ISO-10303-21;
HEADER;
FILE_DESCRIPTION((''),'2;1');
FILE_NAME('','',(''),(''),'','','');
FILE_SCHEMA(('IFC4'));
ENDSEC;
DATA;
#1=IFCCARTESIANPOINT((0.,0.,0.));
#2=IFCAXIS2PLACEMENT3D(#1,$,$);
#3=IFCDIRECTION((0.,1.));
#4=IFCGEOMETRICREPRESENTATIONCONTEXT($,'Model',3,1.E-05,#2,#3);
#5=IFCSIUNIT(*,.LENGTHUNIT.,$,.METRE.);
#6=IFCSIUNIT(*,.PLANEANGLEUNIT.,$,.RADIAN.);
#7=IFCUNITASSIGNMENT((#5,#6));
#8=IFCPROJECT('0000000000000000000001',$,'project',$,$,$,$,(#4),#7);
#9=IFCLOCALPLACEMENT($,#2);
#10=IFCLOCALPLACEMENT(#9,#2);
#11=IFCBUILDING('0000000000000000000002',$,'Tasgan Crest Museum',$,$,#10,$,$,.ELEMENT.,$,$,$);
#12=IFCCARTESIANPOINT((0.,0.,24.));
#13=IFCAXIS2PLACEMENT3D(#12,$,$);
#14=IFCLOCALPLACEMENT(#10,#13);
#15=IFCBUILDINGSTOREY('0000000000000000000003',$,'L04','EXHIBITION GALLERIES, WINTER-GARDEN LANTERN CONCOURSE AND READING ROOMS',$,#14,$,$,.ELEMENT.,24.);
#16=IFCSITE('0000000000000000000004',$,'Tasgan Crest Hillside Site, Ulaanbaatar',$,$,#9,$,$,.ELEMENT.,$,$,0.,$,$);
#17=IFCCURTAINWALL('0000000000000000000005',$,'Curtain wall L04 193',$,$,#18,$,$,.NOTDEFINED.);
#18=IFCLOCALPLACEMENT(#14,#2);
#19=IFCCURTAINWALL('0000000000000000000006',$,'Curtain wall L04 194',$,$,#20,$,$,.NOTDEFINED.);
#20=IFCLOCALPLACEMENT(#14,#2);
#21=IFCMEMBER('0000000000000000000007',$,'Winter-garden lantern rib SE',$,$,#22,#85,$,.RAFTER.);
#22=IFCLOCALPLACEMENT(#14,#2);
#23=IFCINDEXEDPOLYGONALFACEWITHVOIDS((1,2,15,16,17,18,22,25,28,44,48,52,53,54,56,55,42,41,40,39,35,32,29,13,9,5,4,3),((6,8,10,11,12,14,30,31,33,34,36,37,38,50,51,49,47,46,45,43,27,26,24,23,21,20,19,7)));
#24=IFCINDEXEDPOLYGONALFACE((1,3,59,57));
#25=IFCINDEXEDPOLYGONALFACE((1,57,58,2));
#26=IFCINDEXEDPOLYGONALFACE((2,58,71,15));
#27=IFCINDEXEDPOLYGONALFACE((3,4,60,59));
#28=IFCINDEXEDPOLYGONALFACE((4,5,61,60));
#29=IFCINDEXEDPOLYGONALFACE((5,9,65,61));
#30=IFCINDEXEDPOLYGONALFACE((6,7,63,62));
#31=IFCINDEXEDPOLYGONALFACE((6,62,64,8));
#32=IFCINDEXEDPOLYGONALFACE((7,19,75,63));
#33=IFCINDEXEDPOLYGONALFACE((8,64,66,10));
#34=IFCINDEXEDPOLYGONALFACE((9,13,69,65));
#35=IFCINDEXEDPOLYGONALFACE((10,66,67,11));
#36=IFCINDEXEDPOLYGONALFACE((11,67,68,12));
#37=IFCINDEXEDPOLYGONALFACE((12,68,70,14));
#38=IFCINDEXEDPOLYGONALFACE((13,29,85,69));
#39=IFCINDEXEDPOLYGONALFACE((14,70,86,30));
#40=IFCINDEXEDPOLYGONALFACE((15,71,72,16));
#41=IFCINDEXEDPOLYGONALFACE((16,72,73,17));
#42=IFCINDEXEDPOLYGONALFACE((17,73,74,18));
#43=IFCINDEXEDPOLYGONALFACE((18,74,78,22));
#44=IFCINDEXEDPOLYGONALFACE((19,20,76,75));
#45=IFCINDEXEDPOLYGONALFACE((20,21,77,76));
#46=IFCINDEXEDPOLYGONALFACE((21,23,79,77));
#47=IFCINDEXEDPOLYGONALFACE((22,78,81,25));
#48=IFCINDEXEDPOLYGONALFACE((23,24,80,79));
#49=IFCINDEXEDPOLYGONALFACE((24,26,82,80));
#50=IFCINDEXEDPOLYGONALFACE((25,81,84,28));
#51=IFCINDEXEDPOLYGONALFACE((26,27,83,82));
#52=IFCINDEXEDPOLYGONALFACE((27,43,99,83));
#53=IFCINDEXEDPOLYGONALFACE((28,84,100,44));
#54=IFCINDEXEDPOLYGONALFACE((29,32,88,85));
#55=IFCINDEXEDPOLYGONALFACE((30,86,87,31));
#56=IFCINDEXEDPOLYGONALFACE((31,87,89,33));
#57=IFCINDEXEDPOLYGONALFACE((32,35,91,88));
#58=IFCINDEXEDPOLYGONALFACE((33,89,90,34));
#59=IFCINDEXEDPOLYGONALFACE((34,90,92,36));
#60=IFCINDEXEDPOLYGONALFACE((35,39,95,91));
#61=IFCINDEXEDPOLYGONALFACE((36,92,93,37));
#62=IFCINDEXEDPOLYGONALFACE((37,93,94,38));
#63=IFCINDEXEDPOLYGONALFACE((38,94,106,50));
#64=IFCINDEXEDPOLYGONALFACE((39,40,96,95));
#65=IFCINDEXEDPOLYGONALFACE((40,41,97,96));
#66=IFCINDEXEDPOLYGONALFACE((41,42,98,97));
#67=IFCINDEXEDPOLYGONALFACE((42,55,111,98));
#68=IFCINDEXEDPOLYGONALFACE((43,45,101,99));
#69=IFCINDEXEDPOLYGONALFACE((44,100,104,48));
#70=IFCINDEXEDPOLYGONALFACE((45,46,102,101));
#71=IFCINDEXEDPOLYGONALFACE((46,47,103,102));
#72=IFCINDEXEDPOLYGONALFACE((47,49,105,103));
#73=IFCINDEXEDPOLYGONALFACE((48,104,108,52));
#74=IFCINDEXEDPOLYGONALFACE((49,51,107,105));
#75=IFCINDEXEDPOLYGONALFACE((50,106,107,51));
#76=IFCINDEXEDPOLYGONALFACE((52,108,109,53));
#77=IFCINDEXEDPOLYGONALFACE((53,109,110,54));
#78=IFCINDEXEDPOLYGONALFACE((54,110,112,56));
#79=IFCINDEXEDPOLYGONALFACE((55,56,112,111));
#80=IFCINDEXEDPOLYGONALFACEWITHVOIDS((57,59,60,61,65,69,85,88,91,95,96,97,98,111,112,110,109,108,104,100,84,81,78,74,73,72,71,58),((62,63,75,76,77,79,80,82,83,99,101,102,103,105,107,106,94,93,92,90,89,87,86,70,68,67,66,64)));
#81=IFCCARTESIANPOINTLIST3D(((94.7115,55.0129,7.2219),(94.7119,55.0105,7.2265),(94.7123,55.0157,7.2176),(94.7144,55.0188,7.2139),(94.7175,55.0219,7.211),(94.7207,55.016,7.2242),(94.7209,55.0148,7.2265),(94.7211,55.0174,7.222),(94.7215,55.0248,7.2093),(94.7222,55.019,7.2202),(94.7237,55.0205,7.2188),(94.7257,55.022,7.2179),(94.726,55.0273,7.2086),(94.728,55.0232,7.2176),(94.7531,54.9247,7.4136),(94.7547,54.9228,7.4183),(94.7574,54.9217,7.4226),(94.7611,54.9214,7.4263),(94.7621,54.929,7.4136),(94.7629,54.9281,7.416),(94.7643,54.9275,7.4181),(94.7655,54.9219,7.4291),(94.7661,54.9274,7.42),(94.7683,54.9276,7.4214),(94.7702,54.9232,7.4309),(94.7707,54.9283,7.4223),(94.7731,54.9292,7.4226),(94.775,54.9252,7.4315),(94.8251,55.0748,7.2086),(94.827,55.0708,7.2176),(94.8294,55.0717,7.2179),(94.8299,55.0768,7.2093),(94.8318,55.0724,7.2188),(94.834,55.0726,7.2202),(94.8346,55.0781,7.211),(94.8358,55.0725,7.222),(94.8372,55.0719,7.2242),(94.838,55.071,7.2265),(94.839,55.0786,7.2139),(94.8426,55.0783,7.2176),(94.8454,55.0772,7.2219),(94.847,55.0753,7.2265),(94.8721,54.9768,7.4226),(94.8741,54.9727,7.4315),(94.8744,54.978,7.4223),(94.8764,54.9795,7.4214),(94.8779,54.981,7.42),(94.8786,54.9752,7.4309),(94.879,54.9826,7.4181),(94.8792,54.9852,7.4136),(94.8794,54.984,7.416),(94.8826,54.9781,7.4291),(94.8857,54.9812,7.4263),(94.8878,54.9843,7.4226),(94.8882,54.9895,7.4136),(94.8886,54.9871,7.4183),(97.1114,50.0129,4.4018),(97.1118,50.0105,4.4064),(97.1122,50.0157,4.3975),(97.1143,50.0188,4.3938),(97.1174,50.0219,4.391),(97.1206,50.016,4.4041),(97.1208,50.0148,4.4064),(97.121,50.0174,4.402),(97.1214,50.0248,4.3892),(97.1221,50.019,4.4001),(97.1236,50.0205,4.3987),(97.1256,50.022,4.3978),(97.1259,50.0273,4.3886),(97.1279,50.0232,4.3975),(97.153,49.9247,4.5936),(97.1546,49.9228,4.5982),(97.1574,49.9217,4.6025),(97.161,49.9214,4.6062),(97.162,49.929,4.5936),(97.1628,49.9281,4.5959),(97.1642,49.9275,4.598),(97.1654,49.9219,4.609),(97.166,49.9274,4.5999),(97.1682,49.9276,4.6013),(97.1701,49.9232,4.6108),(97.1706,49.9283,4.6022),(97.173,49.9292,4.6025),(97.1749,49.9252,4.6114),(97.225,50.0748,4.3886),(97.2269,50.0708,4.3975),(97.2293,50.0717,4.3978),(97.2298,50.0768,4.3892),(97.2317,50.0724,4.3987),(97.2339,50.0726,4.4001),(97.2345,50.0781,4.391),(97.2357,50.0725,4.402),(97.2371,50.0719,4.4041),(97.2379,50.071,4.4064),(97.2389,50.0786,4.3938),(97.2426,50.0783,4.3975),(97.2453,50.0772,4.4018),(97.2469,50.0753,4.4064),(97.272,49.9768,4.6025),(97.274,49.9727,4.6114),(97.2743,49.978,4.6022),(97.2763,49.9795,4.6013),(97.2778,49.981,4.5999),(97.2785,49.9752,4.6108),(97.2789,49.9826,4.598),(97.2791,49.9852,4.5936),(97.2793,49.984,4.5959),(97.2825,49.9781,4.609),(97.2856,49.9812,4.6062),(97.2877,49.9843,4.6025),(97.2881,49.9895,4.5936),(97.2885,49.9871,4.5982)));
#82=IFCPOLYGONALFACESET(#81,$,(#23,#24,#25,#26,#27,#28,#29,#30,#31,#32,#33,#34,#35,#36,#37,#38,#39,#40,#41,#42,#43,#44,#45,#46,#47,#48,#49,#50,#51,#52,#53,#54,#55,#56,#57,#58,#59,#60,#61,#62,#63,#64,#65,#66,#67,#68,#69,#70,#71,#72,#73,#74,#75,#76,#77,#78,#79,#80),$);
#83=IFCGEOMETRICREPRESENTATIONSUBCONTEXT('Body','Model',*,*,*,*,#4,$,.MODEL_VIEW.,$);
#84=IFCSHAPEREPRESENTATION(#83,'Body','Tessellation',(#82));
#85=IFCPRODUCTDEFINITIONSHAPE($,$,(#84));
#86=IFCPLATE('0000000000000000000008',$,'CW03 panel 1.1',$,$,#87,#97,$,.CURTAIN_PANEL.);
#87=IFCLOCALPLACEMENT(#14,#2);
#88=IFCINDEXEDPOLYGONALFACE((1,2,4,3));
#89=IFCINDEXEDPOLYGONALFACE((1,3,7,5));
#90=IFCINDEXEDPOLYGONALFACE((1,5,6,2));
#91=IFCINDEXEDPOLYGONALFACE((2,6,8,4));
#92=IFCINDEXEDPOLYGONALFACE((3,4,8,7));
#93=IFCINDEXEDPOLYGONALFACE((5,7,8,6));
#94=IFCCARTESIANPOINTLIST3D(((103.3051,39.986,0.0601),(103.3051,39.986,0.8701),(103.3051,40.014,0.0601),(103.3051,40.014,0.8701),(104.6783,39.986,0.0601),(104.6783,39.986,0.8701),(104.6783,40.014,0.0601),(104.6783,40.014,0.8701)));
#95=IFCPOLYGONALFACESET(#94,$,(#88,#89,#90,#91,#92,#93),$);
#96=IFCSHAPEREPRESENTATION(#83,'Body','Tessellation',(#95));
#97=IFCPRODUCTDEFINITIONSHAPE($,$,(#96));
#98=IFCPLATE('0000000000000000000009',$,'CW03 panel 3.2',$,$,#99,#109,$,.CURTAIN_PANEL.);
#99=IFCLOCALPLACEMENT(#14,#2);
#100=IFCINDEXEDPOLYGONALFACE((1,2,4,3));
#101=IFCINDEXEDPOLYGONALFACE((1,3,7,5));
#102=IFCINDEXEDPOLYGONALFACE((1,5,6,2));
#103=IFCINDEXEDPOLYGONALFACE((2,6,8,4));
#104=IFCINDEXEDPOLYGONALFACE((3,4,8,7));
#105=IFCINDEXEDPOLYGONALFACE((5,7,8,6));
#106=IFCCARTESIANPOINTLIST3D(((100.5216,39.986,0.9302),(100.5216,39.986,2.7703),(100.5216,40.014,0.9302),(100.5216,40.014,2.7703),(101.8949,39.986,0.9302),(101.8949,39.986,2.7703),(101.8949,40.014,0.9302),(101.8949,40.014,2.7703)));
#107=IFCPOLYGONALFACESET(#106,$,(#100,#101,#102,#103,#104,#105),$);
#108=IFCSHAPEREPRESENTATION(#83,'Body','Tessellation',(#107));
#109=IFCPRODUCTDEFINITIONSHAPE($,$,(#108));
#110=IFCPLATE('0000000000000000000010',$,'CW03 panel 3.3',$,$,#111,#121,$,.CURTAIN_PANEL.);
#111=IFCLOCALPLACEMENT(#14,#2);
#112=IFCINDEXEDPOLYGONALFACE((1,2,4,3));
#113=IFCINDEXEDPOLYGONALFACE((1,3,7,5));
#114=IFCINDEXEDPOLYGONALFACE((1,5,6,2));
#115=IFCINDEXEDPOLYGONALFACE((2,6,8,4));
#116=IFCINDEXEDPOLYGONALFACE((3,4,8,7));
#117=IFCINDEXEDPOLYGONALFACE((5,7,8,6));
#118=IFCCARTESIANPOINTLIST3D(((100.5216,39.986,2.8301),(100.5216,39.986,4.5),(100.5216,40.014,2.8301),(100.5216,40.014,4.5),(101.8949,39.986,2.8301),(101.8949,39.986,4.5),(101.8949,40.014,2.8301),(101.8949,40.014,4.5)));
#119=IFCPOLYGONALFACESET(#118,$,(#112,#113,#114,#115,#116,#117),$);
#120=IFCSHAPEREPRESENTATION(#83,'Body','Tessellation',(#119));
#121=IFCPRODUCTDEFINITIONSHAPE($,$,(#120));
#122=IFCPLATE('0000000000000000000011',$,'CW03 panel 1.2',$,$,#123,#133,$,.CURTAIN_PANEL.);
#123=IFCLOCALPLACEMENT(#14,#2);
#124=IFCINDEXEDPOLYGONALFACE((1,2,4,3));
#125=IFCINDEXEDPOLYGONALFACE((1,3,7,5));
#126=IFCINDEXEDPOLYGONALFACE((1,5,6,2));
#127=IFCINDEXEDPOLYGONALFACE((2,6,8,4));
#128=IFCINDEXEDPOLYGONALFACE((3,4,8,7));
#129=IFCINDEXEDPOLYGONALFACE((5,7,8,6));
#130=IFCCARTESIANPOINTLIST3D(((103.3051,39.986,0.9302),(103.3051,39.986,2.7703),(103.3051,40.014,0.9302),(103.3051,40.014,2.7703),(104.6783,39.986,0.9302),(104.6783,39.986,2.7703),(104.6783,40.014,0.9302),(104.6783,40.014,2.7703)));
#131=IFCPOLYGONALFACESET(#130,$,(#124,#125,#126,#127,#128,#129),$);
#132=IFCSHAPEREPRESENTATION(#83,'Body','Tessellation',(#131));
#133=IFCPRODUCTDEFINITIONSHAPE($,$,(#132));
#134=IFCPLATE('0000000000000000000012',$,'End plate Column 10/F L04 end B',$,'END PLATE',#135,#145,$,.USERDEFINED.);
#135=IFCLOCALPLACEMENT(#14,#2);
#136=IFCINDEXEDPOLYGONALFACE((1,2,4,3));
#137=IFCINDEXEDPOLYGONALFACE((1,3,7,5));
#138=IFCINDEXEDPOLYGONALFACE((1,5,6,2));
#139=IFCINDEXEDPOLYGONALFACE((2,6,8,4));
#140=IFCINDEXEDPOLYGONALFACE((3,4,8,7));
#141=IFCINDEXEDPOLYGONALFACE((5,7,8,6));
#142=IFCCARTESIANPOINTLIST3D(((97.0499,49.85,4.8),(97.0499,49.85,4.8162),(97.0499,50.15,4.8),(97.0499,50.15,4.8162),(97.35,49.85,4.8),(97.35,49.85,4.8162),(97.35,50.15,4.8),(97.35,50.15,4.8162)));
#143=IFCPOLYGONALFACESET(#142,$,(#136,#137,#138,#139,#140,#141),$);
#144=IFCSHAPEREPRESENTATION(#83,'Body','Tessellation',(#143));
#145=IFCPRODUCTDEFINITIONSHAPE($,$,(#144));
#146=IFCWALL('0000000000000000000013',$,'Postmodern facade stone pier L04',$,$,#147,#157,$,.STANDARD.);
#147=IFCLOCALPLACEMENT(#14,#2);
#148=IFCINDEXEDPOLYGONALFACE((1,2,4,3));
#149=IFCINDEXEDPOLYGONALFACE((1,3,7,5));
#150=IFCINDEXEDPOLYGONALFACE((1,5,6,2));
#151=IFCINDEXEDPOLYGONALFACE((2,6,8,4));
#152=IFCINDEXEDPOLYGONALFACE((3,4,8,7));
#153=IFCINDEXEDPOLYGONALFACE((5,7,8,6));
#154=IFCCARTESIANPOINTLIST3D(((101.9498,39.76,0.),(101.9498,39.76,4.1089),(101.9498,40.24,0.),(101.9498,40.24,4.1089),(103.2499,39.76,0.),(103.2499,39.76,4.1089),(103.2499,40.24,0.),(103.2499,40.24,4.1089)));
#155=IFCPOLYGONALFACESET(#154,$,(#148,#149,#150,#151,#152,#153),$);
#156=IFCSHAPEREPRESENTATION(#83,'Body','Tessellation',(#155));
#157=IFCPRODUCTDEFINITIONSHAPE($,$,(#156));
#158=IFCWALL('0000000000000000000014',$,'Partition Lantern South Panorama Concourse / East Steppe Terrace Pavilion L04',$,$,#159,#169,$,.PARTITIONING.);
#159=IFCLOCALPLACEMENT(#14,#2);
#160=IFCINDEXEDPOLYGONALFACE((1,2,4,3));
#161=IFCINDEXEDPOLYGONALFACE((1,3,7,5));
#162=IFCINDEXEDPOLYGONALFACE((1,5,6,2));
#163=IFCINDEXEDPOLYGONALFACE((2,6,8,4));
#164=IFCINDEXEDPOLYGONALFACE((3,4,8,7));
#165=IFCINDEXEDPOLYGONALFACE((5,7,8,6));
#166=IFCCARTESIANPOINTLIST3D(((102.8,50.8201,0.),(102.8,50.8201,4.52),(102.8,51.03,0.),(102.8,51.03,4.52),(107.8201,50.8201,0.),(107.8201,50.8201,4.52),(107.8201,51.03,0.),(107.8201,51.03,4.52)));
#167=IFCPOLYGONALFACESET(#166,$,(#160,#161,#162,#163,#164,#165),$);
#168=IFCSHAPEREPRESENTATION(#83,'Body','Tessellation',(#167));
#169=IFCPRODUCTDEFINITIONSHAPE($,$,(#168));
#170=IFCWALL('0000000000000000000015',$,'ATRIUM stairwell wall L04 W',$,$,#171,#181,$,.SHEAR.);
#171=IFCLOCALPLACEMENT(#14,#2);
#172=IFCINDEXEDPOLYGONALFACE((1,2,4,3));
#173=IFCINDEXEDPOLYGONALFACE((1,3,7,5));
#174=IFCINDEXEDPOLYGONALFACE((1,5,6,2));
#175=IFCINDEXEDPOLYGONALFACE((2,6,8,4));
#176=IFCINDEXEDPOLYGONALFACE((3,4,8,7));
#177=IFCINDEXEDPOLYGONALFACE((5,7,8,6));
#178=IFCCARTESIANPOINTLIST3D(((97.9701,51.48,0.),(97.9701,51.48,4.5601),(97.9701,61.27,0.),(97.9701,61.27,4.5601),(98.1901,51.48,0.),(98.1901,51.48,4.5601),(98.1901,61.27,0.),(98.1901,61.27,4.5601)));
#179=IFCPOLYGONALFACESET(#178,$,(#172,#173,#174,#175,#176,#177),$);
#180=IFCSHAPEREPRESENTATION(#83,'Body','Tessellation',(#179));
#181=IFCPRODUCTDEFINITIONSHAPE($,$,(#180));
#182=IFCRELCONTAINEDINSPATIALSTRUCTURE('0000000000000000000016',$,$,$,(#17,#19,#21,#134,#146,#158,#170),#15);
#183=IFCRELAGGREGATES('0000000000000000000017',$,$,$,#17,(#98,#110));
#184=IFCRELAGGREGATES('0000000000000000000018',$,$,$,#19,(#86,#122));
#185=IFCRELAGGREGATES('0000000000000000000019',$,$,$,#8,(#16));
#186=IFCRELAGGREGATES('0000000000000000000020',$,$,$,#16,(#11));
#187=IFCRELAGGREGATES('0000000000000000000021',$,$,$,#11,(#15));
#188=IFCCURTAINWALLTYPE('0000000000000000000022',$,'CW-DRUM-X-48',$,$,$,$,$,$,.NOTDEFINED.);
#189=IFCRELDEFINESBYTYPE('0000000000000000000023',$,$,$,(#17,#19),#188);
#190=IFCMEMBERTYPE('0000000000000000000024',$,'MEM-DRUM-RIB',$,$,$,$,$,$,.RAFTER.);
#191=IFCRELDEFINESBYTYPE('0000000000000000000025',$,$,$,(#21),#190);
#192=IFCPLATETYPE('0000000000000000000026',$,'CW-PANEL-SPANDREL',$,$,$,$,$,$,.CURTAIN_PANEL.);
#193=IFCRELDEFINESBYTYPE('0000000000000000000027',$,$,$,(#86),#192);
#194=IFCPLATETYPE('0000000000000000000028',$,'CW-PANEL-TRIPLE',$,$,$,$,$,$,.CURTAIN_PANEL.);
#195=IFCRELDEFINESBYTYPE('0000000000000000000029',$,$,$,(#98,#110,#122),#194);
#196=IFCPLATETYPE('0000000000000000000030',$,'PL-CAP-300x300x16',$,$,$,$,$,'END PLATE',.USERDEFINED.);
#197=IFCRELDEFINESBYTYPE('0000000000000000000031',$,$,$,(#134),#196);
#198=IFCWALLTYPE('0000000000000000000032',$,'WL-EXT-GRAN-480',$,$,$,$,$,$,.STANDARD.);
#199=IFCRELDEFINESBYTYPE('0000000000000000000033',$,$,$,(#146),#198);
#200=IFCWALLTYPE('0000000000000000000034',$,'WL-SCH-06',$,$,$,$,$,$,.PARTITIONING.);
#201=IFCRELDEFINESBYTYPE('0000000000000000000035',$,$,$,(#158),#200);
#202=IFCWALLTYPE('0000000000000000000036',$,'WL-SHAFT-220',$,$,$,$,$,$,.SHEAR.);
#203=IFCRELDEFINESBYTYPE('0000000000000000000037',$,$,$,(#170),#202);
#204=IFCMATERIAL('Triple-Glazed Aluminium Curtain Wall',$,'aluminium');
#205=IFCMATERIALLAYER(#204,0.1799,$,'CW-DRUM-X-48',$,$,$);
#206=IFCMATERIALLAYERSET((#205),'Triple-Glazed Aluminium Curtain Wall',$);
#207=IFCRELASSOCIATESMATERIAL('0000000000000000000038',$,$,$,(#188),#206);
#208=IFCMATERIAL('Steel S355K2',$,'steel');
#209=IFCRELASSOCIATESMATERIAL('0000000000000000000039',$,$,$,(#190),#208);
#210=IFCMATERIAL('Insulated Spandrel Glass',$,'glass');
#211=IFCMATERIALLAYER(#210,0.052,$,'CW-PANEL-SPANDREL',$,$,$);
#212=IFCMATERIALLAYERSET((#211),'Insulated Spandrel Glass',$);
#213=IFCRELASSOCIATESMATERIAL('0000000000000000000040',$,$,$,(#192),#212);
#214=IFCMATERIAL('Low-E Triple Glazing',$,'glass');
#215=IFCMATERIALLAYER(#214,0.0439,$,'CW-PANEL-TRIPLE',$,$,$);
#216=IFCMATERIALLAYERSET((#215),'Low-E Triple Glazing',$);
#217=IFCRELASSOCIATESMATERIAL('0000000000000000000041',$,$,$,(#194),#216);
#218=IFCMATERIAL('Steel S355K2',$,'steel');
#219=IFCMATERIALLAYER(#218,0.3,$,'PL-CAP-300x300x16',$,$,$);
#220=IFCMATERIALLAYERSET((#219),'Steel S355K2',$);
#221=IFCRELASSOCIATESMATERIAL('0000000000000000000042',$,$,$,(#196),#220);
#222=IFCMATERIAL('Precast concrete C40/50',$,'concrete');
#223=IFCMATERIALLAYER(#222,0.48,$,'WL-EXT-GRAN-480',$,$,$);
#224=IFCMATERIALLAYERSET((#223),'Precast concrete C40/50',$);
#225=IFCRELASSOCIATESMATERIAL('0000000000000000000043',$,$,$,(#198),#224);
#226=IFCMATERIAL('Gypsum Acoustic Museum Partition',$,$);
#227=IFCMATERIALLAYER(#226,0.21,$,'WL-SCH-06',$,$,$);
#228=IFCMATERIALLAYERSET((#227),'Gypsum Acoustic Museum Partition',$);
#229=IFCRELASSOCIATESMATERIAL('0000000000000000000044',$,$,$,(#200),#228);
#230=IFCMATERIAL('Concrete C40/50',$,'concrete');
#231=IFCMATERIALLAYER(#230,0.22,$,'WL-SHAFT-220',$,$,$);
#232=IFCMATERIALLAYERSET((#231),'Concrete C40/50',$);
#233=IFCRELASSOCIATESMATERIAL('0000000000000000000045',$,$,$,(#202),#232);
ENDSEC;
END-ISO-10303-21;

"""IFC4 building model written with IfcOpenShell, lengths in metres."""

from ifc_helpers import new_model, si_unit, direction, frame, frame_2d, origin, origin_2d, place, context, subcontext, project, spatial, rectangle, hollow_rectangle, extrude, material, layer, layer_set, material_profile, profile_set, type_object, element, aggregate, save


model = new_model("IFC4")

# Units and contexts
model_context = context("Model", 3, precision=1e-05, world=origin(), true_north=direction((0.0, 1.0)))
body_context = subcontext(model_context, "Body", "Model", "MODEL_VIEW")
ifc_project = project(units=[si_unit("LENGTHUNIT", "METRE"), si_unit("PLANEANGLEUNIT", "RADIAN")], contexts=[model_context])

# Site, building, storey
site_placement = place(None, origin())
site = spatial("IfcSite", under=ifc_project, at=site_placement, Name="Tasgan Crest Hillside Site, Ulaanbaatar", CompositionType="ELEMENT", RefElevation=0.0)
building_placement = place(site_placement, origin())
building = spatial("IfcBuilding", under=site, at=building_placement, Name="Tasgan Crest Museum", CompositionType="ELEMENT")
storey_placement = place(building_placement, frame((0.0, 0.0, 24.0)))
storey = spatial("IfcBuildingStorey", under=building, at=storey_placement, Name="L04", Description="EXHIBITION GALLERIES, WINTER-GARDEN LANTERN CONCOURSE AND READING ROOMS", CompositionType="ELEMENT", Elevation=24.0)

# Curtain wall
ifc_material_1 = material(Name="Triple-Glazed Aluminium Curtain Wall", Category="aluminium")
ifc_layer_1 = layer(ifc_material_1, 0.1799, Name="CW-DRUM-X-48")
ifc_layer_set_1 = layer_set([ifc_layer_1], Name="Triple-Glazed Aluminium Curtain Wall")
curtain_wall_type = type_object("IfcCurtainWallType", Name="CW-DRUM-X-48", PredefinedType="NOTDEFINED", material=ifc_layer_set_1)
curtain_wall_1_placement = place(storey_placement, origin())
curtain_wall_1 = element("IfcCurtainWall", 1, at=curtain_wall_1_placement, inside=storey, type_object=curtain_wall_type, Name="Curtain wall L04 193", PredefinedType="NOTDEFINED")

# Curtain wall
curtain_wall_2_placement = place(storey_placement, origin())
curtain_wall_2 = element("IfcCurtainWall", 2, at=curtain_wall_2_placement, inside=storey, type_object=curtain_wall_type, Name="Curtain wall L04 194", PredefinedType="NOTDEFINED")

# Member
ifc_material_2 = material(Name="Steel S355K2", Category="steel")
ifc_material_profile_1 = material_profile(ifc_material_2, hollow_rectangle(XDim=0.1499, YDim=0.25, WallThickness=0.01, InnerFilletRadius=0.01, OuterFilletRadius=0.02, at=origin_2d()), Name="RHS 250x150x10")
ifc_profile_set_1 = profile_set([ifc_material_profile_1], Name="Steel S355K2")
member_type_1 = type_object("IfcMemberType", Name="MEM-DRUM-RIB", PredefinedType="RAFTER", material=ifc_profile_set_1)
member_1_placement = place(storey_placement, frame((97.2, 50.0, 4.5), z_axis=(-0.385717, 0.80361, 0.453247), x_axis=(-0.90153, -0.432717, 0.0)))
element("IfcMember", 3, at=member_1_placement, inside=storey, type_object=member_type_1, Name="Winter-garden lantern rib SE", PredefinedType="RAFTER", context=body_context, shape_type="SweptSolid", body=[
    extrude(hollow_rectangle(XDim=0.1499, YDim=0.25, WallThickness=0.01, InnerFilletRadius=0.01, OuterFilletRadius=0.02, at=origin_2d()), origin(), (0.0, 0.0, 1.0), 6.2219),
])

# Plates
ifc_material_3 = material(Name="Insulated Spandrel Glass", Category="glass")
ifc_layer_2 = layer(ifc_material_3, 0.052, Name="CW-PANEL-SPANDREL")
ifc_layer_set_2 = layer_set([ifc_layer_2], Name="Insulated Spandrel Glass")
plate_type_1 = type_object("IfcPlateType", Name="CW-PANEL-SPANDREL", PredefinedType="CURTAIN_PANEL", material=ifc_layer_set_2)
plate_1_placement = place(storey_placement, frame((103.9917, 40.0, 0.0601), z_axis=(0.0, 0.0, 1.0), x_axis=(1.0, 0.0, 0.0)))
plate_1 = element("IfcPlate", 4, at=plate_1_placement, type_object=plate_type_1, Name="CW03 panel 1.1", PredefinedType="CURTAIN_PANEL", context=body_context, shape_type="SweptSolid", body=[
    extrude(rectangle(XDim=1.3733, YDim=0.0281, at=origin_2d()), origin(), (0.0, 0.0, 1.0), 0.8101),
])
ifc_material_4 = material(Name="Low-E Triple Glazing", Category="glass")
ifc_layer_3 = layer(ifc_material_4, 0.0439, Name="CW-PANEL-TRIPLE")
ifc_layer_set_3 = layer_set([ifc_layer_3], Name="Low-E Triple Glazing")
plate_type_2 = type_object("IfcPlateType", Name="CW-PANEL-TRIPLE", PredefinedType="CURTAIN_PANEL", material=ifc_layer_set_3)
plate_2_placement = place(storey_placement, frame((101.2083, 40.0, 0.9302), z_axis=(0.0, 0.0, 1.0), x_axis=(1.0, 0.0, 0.0)))
plate_2 = element("IfcPlate", 5, at=plate_2_placement, type_object=plate_type_2, Name="CW03 panel 3.2", PredefinedType="CURTAIN_PANEL", context=body_context, shape_type="SweptSolid", body=[
    extrude(rectangle(XDim=1.3733, YDim=0.0281, at=origin_2d()), origin(), (0.0, 0.0, 1.0), 1.8401),
])
plate_3_placement = place(storey_placement, frame((101.2083, 40.0, 2.8301), z_axis=(0.0, 0.0, 1.0), x_axis=(1.0, 0.0, 0.0)))
plate_3 = element("IfcPlate", 6, at=plate_3_placement, type_object=plate_type_2, Name="CW03 panel 3.3", PredefinedType="CURTAIN_PANEL", context=body_context, shape_type="SweptSolid", body=[
    extrude(rectangle(XDim=1.3733, YDim=0.0281, at=origin_2d()), origin(), (0.0, 0.0, 1.0), 1.6699),
])
aggregate(curtain_wall_1, [plate_2, plate_3])
plate_4_placement = place(storey_placement, frame((103.9917, 40.0, 0.9302), z_axis=(0.0, 0.0, 1.0), x_axis=(1.0, 0.0, 0.0)))
plate_4 = element("IfcPlate", 7, at=plate_4_placement, type_object=plate_type_2, Name="CW03 panel 1.2", PredefinedType="CURTAIN_PANEL", context=body_context, shape_type="SweptSolid", body=[
    extrude(rectangle(XDim=1.3733, YDim=0.0281, at=origin_2d()), origin(), (0.0, 0.0, 1.0), 1.8401),
])
aggregate(curtain_wall_2, [plate_1, plate_4])
ifc_material_5 = material(Name="Steel S355K2", Category="steel")
ifc_layer_4 = layer(ifc_material_5, 0.3, Name="PL-CAP-300x300x16")
ifc_layer_set_4 = layer_set([ifc_layer_4], Name="Steel S355K2")
plate_type_3 = type_object("IfcPlateType", Name="PL-CAP-300x300x16", ElementType="END PLATE", PredefinedType="USERDEFINED", material=ifc_layer_set_4)
plate_5_placement = place(storey_placement, frame((97.2, 50.0, 4.8), z_axis=(0.0, 0.0, 1.0), x_axis=(1.0, 0.0, 0.0)))
element("IfcPlate", 8, at=plate_5_placement, inside=storey, type_object=plate_type_3, Name="End plate Column 10/F L04 end B", ObjectType="END PLATE", PredefinedType="USERDEFINED", context=body_context, shape_type="SweptSolid", body=[
    extrude(rectangle(XDim=0.3, YDim=0.3, at=origin_2d()), origin(), (0.0, 0.0, 1.0), 0.0161),
])

# Walls
ifc_material_6 = material(Name="Precast concrete C40/50", Category="concrete")
ifc_layer_5 = layer(ifc_material_6, 0.48, Name="WL-EXT-GRAN-480")
ifc_layer_set_5 = layer_set([ifc_layer_5], Name="Precast concrete C40/50")
wall_type_1 = type_object("IfcWallType", Name="WL-EXT-GRAN-480", PredefinedType="STANDARD", material=ifc_layer_set_5)
wall_1_placement = place(storey_placement, frame((101.95, 40.0, 0.0), z_axis=(0.0, 0.0, 1.0), x_axis=(1.0, 0.0, 0.0)))
element("IfcWall", 9, at=wall_1_placement, inside=storey, type_object=wall_type_1, Name="Postmodern facade stone pier L04", PredefinedType="STANDARD", context=body_context, shape_type="SweptSolid", body=[
    extrude(rectangle(XDim=1.3, YDim=0.48, at=frame_2d((0.6499, 0.0))), origin(), (0.0, 0.0, 1.0), 4.1089),
])
ifc_material_7 = material(Name="Gypsum Acoustic Museum Partition")
ifc_layer_6 = layer(ifc_material_7, 0.21, Name="WL-SCH-06")
ifc_layer_set_6 = layer_set([ifc_layer_6], Name="Gypsum Acoustic Museum Partition")
wall_type_2 = type_object("IfcWallType", Name="WL-SCH-06", PredefinedType="PARTITIONING", material=ifc_layer_set_6)
wall_2_placement = place(storey_placement, frame((102.8, 50.925, 0.0), z_axis=(0.0, 0.0, 1.0), x_axis=(1.0, 0.0, 0.0)))
element("IfcWall", 10, at=wall_2_placement, inside=storey, type_object=wall_type_2, Name="Partition Lantern South Panorama Concourse / East Steppe Terrace Pavilion L04", PredefinedType="PARTITIONING", context=body_context, shape_type="SweptSolid", body=[
    extrude(rectangle(XDim=5.02, YDim=0.21, at=frame_2d((2.51, 0.0))), origin(), (0.0, 0.0, 1.0), 4.52),
])
ifc_material_8 = material(Name="Concrete C40/50", Category="concrete")
ifc_layer_7 = layer(ifc_material_8, 0.22, Name="WL-SHAFT-220")
ifc_layer_set_7 = layer_set([ifc_layer_7], Name="Concrete C40/50")
wall_type_3 = type_object("IfcWallType", Name="WL-SHAFT-220", PredefinedType="SHEAR", material=ifc_layer_set_7)
for number, where, z_axis, x_axis, name in (
    (11, (98.0801, 51.48, 0.0), (0.0, 0.0, 1.0), (0.0, 1.0, 0.0), "ATRIUM stairwell wall L04 W"),
):
    element("IfcWall", number, at=place(storey_placement, frame(where, z_axis=z_axis, x_axis=x_axis)), inside=storey, type_object=wall_type_3, Name=name, PredefinedType="SHEAR", context=body_context, shape_type="SweptSolid", body=[
        extrude(rectangle(XDim=9.79, YDim=0.22, at=frame_2d((4.895, 0.0))), origin(), (0.0, 0.0, 1.0), 4.5601),
    ])

save(model, "model.ifc")
